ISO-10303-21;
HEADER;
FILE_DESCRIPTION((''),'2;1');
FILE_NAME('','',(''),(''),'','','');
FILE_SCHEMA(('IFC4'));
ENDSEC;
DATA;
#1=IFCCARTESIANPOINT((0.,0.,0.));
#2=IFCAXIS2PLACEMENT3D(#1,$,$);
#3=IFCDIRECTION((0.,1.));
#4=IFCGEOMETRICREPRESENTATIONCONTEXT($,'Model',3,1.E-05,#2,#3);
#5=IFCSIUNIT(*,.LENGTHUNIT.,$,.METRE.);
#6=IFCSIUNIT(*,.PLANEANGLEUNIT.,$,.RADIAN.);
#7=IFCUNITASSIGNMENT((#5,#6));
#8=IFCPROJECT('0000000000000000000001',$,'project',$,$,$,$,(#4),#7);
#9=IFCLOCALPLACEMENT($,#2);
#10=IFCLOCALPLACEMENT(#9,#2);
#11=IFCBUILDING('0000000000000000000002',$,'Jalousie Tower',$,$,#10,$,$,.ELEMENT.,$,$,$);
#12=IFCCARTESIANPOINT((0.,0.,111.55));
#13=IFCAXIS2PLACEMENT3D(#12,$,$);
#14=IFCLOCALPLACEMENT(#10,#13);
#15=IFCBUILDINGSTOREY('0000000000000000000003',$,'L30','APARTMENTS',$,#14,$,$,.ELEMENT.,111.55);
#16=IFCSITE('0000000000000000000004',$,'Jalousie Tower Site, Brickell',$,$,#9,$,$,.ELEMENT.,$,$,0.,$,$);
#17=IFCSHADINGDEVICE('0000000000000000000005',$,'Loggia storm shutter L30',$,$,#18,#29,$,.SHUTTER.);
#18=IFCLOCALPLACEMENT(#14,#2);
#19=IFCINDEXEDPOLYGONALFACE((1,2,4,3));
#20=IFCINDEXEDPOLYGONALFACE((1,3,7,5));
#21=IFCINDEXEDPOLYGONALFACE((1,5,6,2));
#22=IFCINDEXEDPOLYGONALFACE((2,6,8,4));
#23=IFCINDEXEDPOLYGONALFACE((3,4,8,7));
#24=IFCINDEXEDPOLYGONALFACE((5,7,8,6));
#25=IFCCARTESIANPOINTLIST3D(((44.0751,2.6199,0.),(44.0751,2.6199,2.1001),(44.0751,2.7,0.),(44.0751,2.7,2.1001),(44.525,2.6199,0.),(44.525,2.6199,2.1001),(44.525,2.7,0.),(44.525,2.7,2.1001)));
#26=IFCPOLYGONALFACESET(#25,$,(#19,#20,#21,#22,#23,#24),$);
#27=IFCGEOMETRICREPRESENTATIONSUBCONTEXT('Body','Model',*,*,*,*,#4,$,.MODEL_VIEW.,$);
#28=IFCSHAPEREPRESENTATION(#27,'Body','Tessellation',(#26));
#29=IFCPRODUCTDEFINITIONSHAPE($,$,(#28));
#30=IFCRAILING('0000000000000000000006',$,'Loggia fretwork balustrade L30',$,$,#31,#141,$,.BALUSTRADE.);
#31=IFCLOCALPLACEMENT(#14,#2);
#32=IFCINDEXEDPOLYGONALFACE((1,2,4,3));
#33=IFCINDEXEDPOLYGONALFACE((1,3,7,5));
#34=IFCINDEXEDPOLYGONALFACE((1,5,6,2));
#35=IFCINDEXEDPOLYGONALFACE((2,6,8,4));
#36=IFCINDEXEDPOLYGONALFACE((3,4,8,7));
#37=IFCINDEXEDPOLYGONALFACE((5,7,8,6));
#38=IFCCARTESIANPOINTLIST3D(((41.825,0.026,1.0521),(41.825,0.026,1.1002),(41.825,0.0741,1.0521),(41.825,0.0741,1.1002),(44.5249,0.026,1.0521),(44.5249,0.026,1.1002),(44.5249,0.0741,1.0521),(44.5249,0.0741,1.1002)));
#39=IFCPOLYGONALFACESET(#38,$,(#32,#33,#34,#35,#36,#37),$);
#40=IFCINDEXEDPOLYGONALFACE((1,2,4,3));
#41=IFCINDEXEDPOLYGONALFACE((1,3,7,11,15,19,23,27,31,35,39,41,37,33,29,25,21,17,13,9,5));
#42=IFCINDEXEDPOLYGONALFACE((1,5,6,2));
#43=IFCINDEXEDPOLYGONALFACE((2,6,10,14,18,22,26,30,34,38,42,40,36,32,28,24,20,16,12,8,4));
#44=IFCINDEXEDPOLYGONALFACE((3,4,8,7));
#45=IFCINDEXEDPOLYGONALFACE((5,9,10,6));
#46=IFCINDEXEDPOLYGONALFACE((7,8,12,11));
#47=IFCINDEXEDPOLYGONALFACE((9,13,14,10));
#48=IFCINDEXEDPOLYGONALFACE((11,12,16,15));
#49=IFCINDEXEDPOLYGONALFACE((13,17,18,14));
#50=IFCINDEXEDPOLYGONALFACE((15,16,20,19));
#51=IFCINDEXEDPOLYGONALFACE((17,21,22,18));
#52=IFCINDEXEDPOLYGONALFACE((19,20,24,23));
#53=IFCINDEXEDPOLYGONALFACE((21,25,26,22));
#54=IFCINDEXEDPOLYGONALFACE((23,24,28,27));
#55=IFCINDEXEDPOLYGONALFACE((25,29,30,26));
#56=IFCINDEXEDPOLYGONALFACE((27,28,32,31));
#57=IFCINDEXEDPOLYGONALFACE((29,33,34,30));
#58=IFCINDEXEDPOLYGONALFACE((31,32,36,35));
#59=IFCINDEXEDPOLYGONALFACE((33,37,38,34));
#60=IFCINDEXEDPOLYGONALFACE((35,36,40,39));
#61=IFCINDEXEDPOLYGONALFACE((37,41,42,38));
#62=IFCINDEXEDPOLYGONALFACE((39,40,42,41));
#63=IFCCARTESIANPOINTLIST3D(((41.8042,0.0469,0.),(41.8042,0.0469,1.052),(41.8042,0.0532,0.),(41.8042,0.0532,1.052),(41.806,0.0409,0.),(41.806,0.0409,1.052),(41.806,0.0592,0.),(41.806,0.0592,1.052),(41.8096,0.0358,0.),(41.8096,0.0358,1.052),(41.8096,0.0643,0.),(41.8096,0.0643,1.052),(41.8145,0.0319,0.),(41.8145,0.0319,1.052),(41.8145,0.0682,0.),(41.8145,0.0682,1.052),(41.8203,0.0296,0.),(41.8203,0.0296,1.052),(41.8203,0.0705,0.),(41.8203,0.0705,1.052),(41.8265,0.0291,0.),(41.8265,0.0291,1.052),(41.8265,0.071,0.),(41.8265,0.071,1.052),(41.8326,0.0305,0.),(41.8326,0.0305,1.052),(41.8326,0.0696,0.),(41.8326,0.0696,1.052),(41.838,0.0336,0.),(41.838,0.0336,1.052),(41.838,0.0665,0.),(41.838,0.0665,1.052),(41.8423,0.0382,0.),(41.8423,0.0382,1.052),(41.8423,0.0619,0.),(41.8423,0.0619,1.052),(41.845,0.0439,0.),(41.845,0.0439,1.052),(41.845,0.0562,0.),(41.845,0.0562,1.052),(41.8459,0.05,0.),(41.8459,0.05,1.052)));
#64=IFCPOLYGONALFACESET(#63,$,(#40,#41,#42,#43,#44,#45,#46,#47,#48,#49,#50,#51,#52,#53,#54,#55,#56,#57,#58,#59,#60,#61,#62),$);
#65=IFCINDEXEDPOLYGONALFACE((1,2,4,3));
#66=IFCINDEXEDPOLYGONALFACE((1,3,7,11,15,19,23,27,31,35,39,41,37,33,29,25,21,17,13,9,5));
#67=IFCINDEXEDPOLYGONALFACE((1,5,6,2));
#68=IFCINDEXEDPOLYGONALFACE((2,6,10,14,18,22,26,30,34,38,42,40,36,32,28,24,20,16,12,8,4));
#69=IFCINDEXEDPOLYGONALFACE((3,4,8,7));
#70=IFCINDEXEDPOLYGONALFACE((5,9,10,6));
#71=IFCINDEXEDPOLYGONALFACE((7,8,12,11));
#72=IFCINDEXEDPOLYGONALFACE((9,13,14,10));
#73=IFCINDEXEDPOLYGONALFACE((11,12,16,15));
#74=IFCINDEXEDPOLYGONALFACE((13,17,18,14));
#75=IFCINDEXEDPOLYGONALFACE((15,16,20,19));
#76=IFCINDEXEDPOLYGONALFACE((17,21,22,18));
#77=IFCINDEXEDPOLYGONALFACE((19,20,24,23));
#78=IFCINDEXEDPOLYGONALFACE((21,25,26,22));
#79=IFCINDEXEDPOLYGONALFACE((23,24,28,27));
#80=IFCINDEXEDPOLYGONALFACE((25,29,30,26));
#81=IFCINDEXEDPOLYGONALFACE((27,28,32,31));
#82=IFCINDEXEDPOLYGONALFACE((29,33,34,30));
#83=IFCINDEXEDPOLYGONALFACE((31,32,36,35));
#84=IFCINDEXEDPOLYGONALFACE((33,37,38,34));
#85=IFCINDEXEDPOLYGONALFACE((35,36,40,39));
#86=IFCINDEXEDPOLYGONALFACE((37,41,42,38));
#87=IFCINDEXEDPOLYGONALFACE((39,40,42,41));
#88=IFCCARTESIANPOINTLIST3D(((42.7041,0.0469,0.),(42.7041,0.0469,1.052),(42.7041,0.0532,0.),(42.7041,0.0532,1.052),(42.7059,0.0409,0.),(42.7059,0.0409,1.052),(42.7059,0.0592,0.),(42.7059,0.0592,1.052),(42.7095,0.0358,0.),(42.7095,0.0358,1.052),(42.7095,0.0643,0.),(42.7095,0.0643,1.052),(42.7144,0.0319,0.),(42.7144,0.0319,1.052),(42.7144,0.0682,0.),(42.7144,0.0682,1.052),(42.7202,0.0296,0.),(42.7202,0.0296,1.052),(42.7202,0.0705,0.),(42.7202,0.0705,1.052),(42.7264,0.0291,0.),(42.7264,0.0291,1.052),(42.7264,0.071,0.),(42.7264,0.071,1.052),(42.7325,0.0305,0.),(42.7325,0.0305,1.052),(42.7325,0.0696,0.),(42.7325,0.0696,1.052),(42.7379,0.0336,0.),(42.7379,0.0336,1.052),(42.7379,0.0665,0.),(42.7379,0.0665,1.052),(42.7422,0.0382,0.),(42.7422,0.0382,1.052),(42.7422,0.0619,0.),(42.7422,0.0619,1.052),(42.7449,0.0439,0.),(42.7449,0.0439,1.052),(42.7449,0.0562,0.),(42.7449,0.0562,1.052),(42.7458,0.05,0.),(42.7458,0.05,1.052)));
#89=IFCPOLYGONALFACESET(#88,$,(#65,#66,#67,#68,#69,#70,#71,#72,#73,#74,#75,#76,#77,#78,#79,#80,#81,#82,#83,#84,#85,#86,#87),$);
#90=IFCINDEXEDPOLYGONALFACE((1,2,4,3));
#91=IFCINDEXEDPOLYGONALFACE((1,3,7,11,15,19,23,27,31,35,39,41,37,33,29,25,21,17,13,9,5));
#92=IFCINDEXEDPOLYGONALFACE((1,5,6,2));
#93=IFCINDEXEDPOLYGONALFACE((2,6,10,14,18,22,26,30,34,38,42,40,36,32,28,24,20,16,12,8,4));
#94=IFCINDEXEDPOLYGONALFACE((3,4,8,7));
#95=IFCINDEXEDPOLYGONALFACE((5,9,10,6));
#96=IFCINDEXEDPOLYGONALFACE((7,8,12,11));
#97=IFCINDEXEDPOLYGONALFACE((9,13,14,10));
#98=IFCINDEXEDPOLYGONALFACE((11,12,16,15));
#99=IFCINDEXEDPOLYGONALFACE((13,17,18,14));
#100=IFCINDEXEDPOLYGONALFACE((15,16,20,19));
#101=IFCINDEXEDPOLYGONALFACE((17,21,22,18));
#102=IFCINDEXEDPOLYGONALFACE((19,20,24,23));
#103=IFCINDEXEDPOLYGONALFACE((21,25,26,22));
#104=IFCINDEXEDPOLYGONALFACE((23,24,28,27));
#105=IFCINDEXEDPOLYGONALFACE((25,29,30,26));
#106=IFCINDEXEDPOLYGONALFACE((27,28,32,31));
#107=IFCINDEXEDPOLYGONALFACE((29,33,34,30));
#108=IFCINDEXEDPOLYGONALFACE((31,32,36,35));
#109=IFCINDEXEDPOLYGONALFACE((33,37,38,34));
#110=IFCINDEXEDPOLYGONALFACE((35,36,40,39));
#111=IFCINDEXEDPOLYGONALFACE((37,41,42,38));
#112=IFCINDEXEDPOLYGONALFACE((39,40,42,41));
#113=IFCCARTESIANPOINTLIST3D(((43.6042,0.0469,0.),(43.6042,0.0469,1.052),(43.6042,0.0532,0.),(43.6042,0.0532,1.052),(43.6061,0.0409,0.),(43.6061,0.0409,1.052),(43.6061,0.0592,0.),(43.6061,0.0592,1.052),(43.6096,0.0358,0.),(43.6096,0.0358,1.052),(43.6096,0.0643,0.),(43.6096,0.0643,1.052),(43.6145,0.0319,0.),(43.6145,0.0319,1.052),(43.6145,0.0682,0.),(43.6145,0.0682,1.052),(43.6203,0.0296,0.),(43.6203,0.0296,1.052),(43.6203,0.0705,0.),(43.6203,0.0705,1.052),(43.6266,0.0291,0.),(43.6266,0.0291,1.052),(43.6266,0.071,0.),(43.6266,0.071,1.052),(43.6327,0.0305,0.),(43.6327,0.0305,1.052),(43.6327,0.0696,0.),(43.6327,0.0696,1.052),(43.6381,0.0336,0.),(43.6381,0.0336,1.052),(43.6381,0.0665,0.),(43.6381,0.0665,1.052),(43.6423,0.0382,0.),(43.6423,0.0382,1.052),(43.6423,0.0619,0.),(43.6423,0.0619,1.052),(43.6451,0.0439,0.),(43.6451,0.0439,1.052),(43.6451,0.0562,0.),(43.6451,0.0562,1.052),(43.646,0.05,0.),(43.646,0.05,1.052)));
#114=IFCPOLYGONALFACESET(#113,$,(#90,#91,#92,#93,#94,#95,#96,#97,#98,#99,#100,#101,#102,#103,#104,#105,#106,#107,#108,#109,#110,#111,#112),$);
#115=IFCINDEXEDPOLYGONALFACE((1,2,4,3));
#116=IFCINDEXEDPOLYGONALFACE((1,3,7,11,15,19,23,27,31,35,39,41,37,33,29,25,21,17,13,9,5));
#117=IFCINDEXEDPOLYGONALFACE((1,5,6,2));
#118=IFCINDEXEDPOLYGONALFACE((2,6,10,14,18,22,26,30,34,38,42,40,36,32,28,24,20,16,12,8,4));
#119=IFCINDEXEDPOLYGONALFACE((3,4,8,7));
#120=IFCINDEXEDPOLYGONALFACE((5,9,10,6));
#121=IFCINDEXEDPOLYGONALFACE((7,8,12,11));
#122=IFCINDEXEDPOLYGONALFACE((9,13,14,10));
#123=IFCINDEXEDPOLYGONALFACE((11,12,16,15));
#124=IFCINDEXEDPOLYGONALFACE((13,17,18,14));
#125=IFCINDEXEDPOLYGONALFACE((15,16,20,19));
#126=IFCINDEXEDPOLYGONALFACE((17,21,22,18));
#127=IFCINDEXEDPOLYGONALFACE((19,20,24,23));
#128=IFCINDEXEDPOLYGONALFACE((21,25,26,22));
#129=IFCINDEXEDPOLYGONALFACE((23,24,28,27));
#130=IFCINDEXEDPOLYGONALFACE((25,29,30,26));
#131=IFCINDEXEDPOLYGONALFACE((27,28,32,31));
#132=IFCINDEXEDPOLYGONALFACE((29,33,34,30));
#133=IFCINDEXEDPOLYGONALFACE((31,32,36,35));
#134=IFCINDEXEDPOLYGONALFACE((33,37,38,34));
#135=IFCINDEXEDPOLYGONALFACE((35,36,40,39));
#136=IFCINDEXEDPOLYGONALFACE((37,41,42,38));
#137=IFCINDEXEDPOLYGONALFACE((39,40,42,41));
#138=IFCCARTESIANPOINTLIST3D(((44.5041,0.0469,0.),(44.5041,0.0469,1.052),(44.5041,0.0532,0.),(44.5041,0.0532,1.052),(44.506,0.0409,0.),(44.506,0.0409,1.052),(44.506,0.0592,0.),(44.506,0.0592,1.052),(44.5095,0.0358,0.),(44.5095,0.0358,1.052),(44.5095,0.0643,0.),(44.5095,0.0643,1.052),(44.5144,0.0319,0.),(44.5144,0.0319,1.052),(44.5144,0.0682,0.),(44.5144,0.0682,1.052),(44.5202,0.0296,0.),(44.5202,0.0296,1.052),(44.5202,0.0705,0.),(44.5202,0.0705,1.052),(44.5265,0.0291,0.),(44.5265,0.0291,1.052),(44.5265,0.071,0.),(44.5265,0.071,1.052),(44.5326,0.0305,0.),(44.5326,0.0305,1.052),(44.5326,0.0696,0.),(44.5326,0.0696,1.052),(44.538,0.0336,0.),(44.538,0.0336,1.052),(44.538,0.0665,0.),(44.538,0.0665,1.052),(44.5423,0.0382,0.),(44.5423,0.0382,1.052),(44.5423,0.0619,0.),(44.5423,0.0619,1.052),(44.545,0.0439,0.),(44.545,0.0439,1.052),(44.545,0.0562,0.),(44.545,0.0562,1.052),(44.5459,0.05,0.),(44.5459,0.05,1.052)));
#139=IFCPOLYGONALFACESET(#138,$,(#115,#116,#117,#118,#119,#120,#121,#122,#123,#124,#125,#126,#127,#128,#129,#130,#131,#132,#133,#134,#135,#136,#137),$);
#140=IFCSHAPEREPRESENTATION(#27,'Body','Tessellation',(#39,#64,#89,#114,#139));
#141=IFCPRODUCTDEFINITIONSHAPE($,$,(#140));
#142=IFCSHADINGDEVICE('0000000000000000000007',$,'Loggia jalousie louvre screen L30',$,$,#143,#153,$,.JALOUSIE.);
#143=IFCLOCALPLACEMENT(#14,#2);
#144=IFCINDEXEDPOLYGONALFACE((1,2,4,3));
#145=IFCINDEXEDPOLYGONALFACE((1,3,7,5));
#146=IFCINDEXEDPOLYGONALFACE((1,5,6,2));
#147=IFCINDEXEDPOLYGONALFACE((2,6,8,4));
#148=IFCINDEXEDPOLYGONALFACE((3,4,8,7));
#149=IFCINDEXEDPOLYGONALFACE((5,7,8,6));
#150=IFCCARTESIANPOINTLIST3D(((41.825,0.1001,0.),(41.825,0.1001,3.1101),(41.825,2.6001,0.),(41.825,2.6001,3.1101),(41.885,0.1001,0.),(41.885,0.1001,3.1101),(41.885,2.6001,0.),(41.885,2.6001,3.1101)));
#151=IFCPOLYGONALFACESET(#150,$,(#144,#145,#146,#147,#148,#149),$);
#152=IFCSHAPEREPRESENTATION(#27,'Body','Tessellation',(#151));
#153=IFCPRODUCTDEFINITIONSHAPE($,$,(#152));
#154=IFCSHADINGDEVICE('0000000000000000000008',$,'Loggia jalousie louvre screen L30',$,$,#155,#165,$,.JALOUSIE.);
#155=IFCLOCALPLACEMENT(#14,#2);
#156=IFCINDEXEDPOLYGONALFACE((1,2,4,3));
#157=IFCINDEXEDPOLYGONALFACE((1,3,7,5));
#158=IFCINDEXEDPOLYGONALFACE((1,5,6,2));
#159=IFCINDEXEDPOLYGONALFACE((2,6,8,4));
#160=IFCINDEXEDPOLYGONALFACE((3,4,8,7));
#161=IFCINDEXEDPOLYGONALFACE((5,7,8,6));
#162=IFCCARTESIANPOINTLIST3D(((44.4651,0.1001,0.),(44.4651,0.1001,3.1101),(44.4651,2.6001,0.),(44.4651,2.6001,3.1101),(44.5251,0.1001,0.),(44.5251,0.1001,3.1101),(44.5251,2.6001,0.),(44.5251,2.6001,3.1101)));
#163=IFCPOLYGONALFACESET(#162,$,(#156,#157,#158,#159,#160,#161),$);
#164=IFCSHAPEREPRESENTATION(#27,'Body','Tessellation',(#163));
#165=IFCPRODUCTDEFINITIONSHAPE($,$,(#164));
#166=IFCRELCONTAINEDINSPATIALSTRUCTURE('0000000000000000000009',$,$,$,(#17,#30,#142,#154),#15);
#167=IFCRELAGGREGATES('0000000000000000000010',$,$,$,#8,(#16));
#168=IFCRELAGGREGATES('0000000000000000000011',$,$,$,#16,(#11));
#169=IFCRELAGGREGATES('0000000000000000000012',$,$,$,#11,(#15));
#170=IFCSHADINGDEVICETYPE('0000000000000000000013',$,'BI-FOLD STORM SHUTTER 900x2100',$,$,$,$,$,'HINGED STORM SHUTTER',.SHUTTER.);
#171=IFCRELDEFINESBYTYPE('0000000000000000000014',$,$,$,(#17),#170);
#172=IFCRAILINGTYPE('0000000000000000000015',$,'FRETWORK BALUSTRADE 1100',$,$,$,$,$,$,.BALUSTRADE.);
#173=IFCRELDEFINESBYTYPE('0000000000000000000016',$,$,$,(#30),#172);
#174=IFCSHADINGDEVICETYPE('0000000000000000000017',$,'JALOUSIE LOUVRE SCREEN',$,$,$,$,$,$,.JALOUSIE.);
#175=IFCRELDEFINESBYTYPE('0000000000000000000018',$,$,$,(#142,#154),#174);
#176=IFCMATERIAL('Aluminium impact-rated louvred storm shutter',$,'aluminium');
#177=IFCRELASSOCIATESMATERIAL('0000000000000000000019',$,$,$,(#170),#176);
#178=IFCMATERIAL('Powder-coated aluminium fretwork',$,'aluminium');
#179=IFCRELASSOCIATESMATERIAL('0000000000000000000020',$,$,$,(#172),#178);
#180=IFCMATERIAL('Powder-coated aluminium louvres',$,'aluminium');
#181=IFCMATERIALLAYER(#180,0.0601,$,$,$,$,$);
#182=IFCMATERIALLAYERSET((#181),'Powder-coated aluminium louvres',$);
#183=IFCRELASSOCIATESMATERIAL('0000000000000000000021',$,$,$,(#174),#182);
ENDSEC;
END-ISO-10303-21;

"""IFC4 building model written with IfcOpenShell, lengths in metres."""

from ifc_helpers import new_model, si_unit, direction, frame, origin, origin_2d, place, context, subcontext, project, spatial, rectangle, circle, extrude, material, layer, layer_set, type_object, element, save


model = new_model("IFC4")

# Units and contexts
model_context = context("Model", 3, precision=1e-05, world=origin(), true_north=direction((0.0, 1.0)))
body_context = subcontext(model_context, "Body", "Model", "MODEL_VIEW")
ifc_project = project(units=[si_unit("LENGTHUNIT", "METRE"), si_unit("PLANEANGLEUNIT", "RADIAN")], contexts=[model_context])

# Site, building, storey
site_placement = place(None, origin())
site = spatial("IfcSite", under=ifc_project, at=site_placement, Name="Jalousie Tower Site, Brickell", CompositionType="ELEMENT", RefElevation=0.0)
building_placement = place(site_placement, origin())
building = spatial("IfcBuilding", under=site, at=building_placement, Name="Jalousie Tower", CompositionType="ELEMENT")
storey_placement = place(building_placement, frame((0.0, 0.0, 111.55)))
storey = spatial("IfcBuildingStorey", under=building, at=storey_placement, Name="L30", Description="APARTMENTS", CompositionType="ELEMENT", Elevation=111.55)

# Shading device
ifc_material_1 = material(Name="Aluminium impact-rated louvred storm shutter", Category="aluminium")
shading_device_type_1 = type_object("IfcShadingDeviceType", Name="BI-FOLD STORM SHUTTER 900x2100", ElementType="HINGED STORM SHUTTER", PredefinedType="SHUTTER", material=ifc_material_1)
for number, where, z_axis, x_axis, name in (
    (1, (44.3, 2.6599, 0.0), (0.0, 0.0, 1.0), (1.0, 0.0, 0.0), "Loggia storm shutter L30"),
):
    element("IfcShadingDevice", number, at=place(storey_placement, frame(where, z_axis=z_axis, x_axis=x_axis)), inside=storey, type_object=shading_device_type_1, Name=name, PredefinedType="SHUTTER", context=body_context, shape_type="SweptSolid", body=[
        extrude(rectangle(XDim=0.45, YDim=0.0801, at=origin_2d()), origin(), (0.0, 0.0, 1.0), 2.1001),
    ])

# Railing
ifc_material_2 = material(Name="Powder-coated aluminium fretwork", Category="aluminium")
railing_type = type_object("IfcRailingType", Name="FRETWORK BALUSTRADE 1100", PredefinedType="BALUSTRADE", material=ifc_material_2)
railing_placement = place(storey_placement, frame((41.825, 0.05, 0.0)))
element("IfcRailing", 2, at=railing_placement, inside=storey, type_object=railing_type, Name="Loggia fretwork balustrade L30", PredefinedType="BALUSTRADE", context=body_context, shape_type="SweptSolid", body=[
    extrude(rectangle(XDim=0.0481, YDim=0.0481, at=origin_2d()), frame((0.0, 0.0, 1.0762), z_axis=(1.0, 0.0, 0.0), x_axis=(0.0, 1.0, 0.0)), (0.0, 0.0, 1.0), 2.7),
    extrude(circle(Radius=0.021, at=origin_2d()), origin(), (0.0, 0.0, 1.0), 1.052),
    extrude(circle(Radius=0.021, at=origin_2d()), frame((0.8999, 0.0, 0.0)), (0.0, 0.0, 1.0), 1.052),
    extrude(circle(Radius=0.021, at=origin_2d()), frame((1.8, 0.0, 0.0)), (0.0, 0.0, 1.0), 1.052),
    extrude(circle(Radius=0.021, at=origin_2d()), frame((2.7, 0.0, 0.0)), (0.0, 0.0, 1.0), 1.052),
])

# Shading devices
ifc_material_3 = material(Name="Powder-coated aluminium louvres", Category="aluminium")
ifc_layer_1 = layer(ifc_material_3, 0.0601)
ifc_layer_set_1 = layer_set([ifc_layer_1], Name="Powder-coated aluminium louvres")
shading_device_type_2 = type_object("IfcShadingDeviceType", Name="JALOUSIE LOUVRE SCREEN", PredefinedType="JALOUSIE", material=ifc_layer_set_1)
for number, where, z_axis, x_axis, name in (
    (3, (41.855, 1.3501, 0.0), (0.0, 0.0, 1.0), (1.0, 0.0, 0.0), "Loggia jalousie louvre screen L30"),
    (4, (44.4951, 1.3501, 0.0), (0.0, 0.0, 1.0), (1.0, 0.0, 0.0), "Loggia jalousie louvre screen L30"),
):
    element("IfcShadingDevice", number, at=place(storey_placement, frame(where, z_axis=z_axis, x_axis=x_axis)), inside=storey, type_object=shading_device_type_2, Name=name, PredefinedType="JALOUSIE", context=body_context, shape_type="SweptSolid", body=[
        extrude(rectangle(XDim=0.0601, YDim=2.5, at=origin_2d()), origin(), (0.0, 0.0, 1.0), 3.1101),
    ])

save(model, "model.ifc")
